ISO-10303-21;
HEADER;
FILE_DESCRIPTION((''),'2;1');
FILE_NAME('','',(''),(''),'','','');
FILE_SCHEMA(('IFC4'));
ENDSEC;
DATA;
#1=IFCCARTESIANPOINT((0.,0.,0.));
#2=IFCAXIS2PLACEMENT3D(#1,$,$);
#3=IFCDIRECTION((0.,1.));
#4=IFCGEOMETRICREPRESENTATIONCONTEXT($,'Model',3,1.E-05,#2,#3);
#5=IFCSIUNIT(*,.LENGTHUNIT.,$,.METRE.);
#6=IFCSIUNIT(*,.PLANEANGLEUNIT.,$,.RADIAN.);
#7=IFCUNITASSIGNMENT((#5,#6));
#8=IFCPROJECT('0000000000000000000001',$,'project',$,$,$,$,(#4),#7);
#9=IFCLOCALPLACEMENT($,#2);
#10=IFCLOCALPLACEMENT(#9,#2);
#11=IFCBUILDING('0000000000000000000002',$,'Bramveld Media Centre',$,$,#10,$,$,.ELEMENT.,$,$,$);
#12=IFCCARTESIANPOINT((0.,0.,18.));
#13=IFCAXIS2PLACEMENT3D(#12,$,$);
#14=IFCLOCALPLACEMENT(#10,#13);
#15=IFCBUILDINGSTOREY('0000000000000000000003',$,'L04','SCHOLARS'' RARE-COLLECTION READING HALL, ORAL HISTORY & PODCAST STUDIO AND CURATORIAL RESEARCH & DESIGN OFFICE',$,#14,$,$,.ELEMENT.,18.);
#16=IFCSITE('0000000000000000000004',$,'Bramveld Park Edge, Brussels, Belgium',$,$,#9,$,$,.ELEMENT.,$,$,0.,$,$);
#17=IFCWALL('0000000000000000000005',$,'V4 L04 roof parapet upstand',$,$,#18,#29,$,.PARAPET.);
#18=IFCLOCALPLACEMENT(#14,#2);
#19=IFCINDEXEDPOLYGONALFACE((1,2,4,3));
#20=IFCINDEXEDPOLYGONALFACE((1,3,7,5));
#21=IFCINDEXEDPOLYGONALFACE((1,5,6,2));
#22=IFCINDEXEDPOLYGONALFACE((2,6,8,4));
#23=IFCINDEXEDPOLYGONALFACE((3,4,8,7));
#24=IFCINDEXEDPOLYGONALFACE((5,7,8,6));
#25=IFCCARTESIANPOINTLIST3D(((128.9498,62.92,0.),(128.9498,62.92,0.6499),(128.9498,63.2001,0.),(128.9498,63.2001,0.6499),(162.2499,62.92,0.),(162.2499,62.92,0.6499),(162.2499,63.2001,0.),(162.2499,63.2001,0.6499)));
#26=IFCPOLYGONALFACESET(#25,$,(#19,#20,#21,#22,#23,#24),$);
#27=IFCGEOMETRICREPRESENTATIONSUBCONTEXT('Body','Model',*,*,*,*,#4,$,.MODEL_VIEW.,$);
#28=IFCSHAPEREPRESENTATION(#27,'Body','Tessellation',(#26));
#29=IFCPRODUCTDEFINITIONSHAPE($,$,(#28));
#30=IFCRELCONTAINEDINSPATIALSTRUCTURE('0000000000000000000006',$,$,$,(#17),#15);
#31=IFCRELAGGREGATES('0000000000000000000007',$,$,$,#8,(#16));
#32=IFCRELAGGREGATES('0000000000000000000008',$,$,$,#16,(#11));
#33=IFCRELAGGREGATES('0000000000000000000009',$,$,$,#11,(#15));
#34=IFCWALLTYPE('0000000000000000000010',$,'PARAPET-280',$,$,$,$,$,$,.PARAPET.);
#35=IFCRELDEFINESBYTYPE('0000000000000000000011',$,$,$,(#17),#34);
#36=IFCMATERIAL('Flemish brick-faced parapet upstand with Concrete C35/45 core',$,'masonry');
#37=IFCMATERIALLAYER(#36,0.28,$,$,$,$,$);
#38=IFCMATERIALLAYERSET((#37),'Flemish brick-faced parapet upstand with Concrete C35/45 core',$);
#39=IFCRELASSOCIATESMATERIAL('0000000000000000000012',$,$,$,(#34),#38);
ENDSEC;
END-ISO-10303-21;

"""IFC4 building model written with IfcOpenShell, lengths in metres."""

from ifc_helpers import new_model, si_unit, direction, frame, frame_2d, origin, place, context, subcontext, project, spatial, rectangle, extrude, material, layer, layer_set, type_object, element, save


model = new_model("IFC4")

# Units and contexts
model_context = context("Model", 3, precision=1e-05, world=origin(), true_north=direction((0.0, 1.0)))
body_context = subcontext(model_context, "Body", "Model", "MODEL_VIEW")
ifc_project = project(units=[si_unit("LENGTHUNIT", "METRE"), si_unit("PLANEANGLEUNIT", "RADIAN")], contexts=[model_context])

# Site, building, storey
site_placement = place(None, origin())
site = spatial("IfcSite", under=ifc_project, at=site_placement, Name="Bramveld Park Edge, Brussels, Belgium", CompositionType="ELEMENT", RefElevation=0.0)
building_placement = place(site_placement, origin())
building = spatial("IfcBuilding", under=site, at=building_placement, Name="Bramveld Media Centre", CompositionType="ELEMENT")
storey_placement = place(building_placement, frame((0.0, 0.0, 18.0)))
storey = spatial("IfcBuildingStorey", under=building, at=storey_placement, Name="L04", Description="SCHOLARS' RARE-COLLECTION READING HALL, ORAL HISTORY & PODCAST STUDIO AND CURATORIAL RESEARCH & DESIGN OFFICE", CompositionType="ELEMENT", Elevation=18.0)

# Wall
ifc_material_1 = material(Name="Flemish brick-faced parapet upstand with Concrete C35/45 core", Category="masonry")
ifc_layer_1 = layer(ifc_material_1, 0.28)
ifc_layer_set_1 = layer_set([ifc_layer_1], Name="Flemish brick-faced parapet upstand with Concrete C35/45 core")
wall_type_1 = type_object("IfcWallType", Name="PARAPET-280", PredefinedType="PARAPET", material=ifc_layer_set_1)
wall_1_placement = place(storey_placement, frame((128.95, 63.0601, 0.0), z_axis=(0.0, 0.0, 1.0), x_axis=(1.0, 0.0, 0.0)))
element("IfcWall", 1, at=wall_1_placement, inside=storey, type_object=wall_type_1, Name="V4 L04 roof parapet upstand", PredefinedType="PARAPET", context=body_context, shape_type="SweptSolid", body=[
    extrude(rectangle(XDim=33.3, YDim=0.28, at=frame_2d((16.6499, 0.0))), origin(), (0.0, 0.0, 1.0), 0.6499),
])

save(model, "model.ifc")
